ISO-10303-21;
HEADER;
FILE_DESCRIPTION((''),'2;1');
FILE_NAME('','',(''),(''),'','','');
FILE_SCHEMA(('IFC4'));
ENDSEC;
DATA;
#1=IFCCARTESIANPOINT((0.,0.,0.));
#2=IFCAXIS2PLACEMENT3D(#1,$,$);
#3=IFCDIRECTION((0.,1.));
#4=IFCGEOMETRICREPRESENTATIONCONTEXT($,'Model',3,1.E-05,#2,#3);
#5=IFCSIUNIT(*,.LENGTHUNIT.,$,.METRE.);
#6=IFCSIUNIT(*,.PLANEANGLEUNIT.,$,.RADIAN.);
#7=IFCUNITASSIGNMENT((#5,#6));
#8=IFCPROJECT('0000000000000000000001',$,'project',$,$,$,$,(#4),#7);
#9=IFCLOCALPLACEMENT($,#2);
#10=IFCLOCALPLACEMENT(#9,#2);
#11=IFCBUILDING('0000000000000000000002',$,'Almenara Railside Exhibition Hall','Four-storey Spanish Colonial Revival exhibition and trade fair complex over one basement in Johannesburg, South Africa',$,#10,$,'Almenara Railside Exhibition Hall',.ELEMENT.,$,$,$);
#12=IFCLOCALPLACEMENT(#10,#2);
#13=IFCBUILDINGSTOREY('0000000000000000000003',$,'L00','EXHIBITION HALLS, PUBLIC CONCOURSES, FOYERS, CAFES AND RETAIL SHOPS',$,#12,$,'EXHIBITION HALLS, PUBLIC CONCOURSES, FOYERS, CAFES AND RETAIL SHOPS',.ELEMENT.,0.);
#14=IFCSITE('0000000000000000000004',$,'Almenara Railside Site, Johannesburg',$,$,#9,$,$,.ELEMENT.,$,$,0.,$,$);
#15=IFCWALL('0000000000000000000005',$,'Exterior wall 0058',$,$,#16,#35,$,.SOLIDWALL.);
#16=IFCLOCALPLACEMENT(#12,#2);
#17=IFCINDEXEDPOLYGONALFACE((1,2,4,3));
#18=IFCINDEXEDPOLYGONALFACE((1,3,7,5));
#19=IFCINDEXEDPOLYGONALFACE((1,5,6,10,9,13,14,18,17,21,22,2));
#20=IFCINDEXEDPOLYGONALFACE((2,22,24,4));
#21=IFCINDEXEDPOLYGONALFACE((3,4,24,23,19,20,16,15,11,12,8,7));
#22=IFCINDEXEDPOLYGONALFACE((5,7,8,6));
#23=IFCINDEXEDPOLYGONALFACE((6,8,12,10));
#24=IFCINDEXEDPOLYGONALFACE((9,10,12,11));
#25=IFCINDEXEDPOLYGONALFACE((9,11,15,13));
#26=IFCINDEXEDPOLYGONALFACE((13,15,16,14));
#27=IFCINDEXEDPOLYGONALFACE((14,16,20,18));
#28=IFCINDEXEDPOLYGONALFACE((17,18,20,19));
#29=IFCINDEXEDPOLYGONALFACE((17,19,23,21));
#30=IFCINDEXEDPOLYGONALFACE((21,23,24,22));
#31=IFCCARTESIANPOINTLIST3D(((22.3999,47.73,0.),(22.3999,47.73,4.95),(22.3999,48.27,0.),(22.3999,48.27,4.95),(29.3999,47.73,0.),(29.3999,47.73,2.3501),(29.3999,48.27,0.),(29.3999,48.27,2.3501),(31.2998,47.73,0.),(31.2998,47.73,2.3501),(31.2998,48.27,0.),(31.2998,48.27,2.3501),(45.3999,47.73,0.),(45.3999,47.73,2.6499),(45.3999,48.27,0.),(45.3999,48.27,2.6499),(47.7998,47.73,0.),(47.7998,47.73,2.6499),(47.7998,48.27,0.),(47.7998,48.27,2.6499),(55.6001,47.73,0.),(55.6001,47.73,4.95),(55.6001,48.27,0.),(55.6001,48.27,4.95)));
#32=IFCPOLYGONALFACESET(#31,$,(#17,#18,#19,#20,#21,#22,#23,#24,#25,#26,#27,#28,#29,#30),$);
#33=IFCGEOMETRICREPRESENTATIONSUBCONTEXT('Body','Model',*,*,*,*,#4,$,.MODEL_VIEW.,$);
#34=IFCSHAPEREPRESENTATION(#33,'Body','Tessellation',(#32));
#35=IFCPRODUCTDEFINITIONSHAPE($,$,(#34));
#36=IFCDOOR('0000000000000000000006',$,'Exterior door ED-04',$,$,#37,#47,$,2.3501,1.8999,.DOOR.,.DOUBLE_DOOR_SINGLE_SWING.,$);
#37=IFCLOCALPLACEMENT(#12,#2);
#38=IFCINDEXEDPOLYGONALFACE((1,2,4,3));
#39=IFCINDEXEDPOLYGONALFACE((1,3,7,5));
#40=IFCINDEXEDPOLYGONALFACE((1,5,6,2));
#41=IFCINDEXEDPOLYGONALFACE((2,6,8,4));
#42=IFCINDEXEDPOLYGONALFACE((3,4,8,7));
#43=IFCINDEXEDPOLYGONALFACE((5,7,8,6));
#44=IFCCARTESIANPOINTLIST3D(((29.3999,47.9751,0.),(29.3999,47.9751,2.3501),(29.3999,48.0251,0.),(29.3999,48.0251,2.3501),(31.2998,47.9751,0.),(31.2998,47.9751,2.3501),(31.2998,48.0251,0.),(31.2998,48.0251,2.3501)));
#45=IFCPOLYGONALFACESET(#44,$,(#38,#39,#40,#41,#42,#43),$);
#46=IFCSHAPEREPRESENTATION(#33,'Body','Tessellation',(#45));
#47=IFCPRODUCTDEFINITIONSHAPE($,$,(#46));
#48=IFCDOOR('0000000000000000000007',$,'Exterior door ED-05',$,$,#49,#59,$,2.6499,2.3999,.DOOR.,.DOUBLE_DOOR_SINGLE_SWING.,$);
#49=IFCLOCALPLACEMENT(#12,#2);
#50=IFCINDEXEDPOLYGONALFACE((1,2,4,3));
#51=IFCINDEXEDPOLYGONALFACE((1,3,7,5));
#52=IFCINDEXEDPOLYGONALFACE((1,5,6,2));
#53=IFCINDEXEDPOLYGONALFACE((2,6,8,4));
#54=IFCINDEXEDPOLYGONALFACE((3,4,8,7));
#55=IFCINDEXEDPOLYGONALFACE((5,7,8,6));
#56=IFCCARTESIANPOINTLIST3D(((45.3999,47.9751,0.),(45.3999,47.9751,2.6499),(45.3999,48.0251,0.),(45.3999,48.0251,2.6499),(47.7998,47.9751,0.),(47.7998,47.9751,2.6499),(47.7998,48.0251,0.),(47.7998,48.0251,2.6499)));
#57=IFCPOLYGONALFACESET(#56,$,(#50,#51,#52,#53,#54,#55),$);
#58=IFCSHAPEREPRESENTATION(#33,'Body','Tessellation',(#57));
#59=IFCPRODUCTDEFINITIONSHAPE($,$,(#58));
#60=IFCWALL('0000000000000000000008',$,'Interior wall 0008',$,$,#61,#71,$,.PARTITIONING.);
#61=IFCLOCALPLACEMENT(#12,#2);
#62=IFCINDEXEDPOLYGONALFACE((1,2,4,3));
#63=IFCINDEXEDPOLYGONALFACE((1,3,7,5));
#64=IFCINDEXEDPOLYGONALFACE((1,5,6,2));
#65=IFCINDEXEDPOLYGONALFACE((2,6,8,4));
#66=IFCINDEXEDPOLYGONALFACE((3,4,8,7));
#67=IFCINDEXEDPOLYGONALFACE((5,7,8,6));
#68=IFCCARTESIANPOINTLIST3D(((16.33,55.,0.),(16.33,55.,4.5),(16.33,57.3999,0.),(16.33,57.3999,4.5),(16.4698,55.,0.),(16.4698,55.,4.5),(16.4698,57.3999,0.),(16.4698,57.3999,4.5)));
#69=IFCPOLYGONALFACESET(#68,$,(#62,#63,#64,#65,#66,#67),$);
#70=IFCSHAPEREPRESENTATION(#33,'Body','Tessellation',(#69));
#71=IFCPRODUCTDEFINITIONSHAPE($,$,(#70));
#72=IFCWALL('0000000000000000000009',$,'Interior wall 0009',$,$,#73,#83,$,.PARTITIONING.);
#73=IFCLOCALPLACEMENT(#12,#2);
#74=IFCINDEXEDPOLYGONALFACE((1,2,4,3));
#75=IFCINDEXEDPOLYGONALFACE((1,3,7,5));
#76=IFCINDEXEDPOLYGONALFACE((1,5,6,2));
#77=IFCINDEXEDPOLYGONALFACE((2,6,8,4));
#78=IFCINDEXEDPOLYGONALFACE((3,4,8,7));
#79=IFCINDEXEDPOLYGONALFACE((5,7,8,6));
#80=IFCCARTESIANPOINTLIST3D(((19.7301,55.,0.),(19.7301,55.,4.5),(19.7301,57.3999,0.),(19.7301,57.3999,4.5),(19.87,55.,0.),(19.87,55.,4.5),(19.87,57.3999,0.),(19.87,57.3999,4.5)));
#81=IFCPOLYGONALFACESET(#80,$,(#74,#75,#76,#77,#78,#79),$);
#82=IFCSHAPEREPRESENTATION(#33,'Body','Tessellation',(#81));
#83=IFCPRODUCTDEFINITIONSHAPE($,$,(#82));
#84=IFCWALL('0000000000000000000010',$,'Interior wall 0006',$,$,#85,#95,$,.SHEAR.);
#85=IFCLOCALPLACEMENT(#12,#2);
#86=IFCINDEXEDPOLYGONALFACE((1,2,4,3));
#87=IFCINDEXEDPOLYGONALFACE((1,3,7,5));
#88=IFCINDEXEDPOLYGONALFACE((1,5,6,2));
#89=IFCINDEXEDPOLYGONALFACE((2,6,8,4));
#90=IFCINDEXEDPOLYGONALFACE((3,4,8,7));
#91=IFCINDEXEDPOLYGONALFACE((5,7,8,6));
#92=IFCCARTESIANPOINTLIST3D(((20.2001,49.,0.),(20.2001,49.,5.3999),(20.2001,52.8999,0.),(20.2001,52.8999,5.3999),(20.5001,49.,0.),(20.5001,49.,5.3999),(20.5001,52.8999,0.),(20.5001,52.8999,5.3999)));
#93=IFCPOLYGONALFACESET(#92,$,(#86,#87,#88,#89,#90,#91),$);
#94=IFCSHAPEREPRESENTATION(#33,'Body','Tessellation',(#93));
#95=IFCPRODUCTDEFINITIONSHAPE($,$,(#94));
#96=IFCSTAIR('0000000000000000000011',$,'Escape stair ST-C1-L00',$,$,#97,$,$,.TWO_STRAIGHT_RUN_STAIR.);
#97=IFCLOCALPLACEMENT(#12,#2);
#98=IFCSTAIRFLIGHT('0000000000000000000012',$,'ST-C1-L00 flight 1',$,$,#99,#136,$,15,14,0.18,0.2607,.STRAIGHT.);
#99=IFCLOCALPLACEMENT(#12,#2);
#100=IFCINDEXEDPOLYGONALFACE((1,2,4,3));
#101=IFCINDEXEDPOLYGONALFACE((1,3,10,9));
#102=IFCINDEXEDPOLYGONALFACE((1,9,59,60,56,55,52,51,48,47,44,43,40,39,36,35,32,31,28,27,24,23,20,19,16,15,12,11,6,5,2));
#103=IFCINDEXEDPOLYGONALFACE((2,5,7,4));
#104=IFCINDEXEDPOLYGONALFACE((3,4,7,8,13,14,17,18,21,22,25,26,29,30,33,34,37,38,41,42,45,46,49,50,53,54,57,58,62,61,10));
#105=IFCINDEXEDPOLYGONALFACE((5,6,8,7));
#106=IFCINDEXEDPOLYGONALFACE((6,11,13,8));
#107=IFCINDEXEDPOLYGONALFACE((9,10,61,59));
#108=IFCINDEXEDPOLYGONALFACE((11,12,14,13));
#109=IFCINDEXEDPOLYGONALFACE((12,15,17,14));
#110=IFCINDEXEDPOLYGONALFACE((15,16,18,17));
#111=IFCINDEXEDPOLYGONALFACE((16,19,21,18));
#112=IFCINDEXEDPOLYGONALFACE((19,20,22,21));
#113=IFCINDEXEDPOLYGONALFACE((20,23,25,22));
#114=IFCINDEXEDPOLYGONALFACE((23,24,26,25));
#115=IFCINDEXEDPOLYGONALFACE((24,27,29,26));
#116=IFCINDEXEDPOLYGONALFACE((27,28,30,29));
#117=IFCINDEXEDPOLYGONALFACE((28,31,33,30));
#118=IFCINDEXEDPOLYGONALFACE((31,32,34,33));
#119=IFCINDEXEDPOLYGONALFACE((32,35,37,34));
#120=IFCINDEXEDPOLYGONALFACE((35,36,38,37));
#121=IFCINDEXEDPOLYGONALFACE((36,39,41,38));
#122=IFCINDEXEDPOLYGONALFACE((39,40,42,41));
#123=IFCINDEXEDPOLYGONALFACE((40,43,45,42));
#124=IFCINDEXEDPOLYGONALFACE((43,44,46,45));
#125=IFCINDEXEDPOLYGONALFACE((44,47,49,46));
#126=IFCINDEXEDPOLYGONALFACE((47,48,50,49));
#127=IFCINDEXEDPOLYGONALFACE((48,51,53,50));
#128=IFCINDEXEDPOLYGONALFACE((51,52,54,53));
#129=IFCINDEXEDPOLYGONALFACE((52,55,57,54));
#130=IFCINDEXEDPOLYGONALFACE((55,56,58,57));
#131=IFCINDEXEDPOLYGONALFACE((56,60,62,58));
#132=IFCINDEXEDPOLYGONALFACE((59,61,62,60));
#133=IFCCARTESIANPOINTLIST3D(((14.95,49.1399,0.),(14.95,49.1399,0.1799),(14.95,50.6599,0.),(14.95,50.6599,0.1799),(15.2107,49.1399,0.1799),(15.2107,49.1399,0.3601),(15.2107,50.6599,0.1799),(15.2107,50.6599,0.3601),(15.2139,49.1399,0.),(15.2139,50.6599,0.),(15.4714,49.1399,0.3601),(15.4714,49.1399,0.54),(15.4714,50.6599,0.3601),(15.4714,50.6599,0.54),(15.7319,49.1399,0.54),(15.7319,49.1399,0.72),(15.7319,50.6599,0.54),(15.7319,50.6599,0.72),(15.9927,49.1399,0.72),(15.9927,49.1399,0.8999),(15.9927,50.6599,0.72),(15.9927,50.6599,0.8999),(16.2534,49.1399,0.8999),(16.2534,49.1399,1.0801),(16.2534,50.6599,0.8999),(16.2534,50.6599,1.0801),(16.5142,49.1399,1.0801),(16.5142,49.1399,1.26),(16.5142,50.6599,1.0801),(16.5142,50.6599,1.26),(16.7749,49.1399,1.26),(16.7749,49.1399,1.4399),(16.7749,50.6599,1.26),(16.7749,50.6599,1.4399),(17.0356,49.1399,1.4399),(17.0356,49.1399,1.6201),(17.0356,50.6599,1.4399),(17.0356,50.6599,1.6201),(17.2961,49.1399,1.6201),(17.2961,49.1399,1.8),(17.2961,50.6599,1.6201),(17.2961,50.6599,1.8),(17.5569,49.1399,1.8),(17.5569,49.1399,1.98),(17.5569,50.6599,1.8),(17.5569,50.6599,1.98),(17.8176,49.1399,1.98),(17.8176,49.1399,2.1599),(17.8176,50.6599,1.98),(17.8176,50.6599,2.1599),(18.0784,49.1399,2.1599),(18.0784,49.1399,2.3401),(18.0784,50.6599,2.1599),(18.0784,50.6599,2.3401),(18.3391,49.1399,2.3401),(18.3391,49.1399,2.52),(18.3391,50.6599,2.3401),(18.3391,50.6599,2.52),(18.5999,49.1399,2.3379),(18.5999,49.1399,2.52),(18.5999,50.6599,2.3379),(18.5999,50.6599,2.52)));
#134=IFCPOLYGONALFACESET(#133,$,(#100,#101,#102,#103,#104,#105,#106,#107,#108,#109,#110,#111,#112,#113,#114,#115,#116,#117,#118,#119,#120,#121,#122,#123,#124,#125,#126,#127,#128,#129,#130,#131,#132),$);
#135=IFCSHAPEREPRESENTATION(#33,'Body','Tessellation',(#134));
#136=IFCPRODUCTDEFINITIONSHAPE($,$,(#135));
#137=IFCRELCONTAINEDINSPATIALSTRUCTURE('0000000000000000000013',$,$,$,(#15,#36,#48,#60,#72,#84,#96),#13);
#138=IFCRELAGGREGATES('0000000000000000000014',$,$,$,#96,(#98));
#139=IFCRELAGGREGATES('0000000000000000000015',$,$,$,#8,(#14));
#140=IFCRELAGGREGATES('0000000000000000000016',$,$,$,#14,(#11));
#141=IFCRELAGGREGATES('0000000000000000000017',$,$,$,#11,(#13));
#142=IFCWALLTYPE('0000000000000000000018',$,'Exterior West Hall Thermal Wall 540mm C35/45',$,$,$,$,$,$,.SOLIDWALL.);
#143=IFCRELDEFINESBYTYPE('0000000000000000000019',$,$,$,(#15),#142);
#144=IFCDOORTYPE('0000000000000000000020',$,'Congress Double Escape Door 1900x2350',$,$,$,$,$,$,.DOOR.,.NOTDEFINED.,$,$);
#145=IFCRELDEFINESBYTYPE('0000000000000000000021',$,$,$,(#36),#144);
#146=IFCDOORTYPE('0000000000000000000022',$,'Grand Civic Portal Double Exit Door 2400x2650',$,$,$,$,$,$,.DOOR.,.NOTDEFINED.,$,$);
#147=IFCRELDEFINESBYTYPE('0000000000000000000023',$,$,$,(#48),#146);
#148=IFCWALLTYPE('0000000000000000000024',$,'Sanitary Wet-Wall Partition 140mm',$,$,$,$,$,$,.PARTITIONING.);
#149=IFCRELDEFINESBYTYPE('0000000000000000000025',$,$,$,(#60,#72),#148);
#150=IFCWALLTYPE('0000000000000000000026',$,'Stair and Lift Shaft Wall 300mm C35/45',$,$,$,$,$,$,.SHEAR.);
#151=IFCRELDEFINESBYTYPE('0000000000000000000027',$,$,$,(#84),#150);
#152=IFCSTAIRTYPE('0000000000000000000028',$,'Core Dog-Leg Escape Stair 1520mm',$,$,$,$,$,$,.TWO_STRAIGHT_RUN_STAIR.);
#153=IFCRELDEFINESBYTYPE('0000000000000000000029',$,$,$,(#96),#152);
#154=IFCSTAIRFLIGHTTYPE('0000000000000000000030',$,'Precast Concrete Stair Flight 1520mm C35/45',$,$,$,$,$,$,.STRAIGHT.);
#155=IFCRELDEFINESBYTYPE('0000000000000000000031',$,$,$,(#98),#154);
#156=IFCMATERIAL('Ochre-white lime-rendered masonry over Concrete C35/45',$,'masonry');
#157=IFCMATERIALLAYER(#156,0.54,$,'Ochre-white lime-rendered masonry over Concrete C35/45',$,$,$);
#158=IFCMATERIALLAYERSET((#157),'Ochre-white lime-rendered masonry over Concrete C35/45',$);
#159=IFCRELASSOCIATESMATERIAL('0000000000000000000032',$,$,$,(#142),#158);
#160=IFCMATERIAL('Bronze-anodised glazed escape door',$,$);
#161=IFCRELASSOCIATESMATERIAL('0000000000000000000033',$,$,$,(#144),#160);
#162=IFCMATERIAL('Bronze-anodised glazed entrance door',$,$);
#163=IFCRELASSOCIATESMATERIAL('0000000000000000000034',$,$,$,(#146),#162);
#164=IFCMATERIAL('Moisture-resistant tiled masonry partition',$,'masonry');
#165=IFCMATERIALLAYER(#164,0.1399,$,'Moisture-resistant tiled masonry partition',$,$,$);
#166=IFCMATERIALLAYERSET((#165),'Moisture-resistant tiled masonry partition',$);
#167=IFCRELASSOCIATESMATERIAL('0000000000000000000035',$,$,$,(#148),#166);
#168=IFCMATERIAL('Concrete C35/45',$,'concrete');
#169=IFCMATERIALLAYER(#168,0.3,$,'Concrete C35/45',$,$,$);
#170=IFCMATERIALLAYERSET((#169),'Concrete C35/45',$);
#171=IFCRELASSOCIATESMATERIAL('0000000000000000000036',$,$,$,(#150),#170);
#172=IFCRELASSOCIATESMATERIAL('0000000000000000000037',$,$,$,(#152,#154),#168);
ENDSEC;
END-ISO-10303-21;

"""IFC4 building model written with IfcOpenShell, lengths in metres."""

from ifc_helpers import new_model, si_unit, direction, frame, frame_2d, origin, place, context, subcontext, project, spatial, polyline, rectangle, outline, extrude, material, layer, layer_set, type_object, element, fill, aggregate, save


model = new_model("IFC4")

# Units and contexts
model_context = context("Model", 3, precision=1e-05, world=origin(), true_north=direction((0.0, 1.0)))
body_context = subcontext(model_context, "Body", "Model", "MODEL_VIEW")
ifc_project = project(units=[si_unit("LENGTHUNIT", "METRE"), si_unit("PLANEANGLEUNIT", "RADIAN")], contexts=[model_context])

# Site, building, storey
site_placement = place(None, origin())
site = spatial("IfcSite", under=ifc_project, at=site_placement, Name="Almenara Railside Site, Johannesburg", CompositionType="ELEMENT", RefElevation=0.0)
building_placement = place(site_placement, origin())
building = spatial("IfcBuilding", under=site, at=building_placement, Name="Almenara Railside Exhibition Hall", Description="Four-storey Spanish Colonial Revival exhibition and trade fair complex over one basement in Johannesburg, South Africa", LongName="Almenara Railside Exhibition Hall", CompositionType="ELEMENT")
storey_placement = place(building_placement, origin())
storey = spatial("IfcBuildingStorey", under=building, at=storey_placement, Name="L00", Description="EXHIBITION HALLS, PUBLIC CONCOURSES, FOYERS, CAFES AND RETAIL SHOPS", LongName="EXHIBITION HALLS, PUBLIC CONCOURSES, FOYERS, CAFES AND RETAIL SHOPS", CompositionType="ELEMENT", Elevation=0.0)

# Wall, openings, doors
ifc_material_1 = material(Name="Ochre-white lime-rendered masonry over Concrete C35/45", Category="masonry")
ifc_layer_1 = layer(ifc_material_1, 0.54, Name="Ochre-white lime-rendered masonry over Concrete C35/45")
ifc_layer_set_1 = layer_set([ifc_layer_1], Name="Ochre-white lime-rendered masonry over Concrete C35/45")
wall_type_1 = type_object("IfcWallType", Name="Exterior West Hall Thermal Wall 540mm C35/45", PredefinedType="SOLIDWALL", material=ifc_layer_set_1)
wall_1_placement = place(storey_placement, frame((22.3999, 48.0, 0.0), z_axis=(0.0, 0.0, 1.0), x_axis=(1.0, 0.0, 0.0)))
wall_1 = element("IfcWall", 1, at=wall_1_placement, inside=storey, type_object=wall_type_1, Name="Exterior wall 0058", PredefinedType="SOLIDWALL", context=body_context, shape_type="SweptSolid", body=[
    extrude(rectangle(XDim=33.2002, YDim=0.54, at=frame_2d((16.6001, 0.0))), origin(), (0.0, 0.0, 1.0), 4.95),
])
opening_1_placement = place(wall_1_placement, frame((7.0, 0.0, 0.0)))
opening_1 = element("IfcOpeningElement", 2, at=opening_1_placement, cuts=wall_1, PredefinedType="OPENING", context=body_context, shape_type="SweptSolid", body=[
    extrude(rectangle(XDim=1.8999, YDim=2.3501, at=frame_2d((0.95, 1.175))), frame((0.0, 0.28, 0.0), z_axis=(0.0, -1.0, 0.0), x_axis=(1.0, 0.0, 0.0)), (0.0, 0.0, 1.0), 0.5601),
])
opening_2_placement = place(wall_1_placement, frame((23.0, 0.0, 0.0)))
opening_2 = element("IfcOpeningElement", 3, at=opening_2_placement, cuts=wall_1, PredefinedType="OPENING", context=body_context, shape_type="SweptSolid", body=[
    extrude(rectangle(XDim=2.3999, YDim=2.6499, at=frame_2d((1.2, 1.325))), frame((0.0, 0.28, 0.0), z_axis=(0.0, -1.0, 0.0), x_axis=(1.0, 0.0, 0.0)), (0.0, 0.0, 1.0), 0.5601),
])
ifc_material_2 = material(Name="Bronze-anodised glazed escape door")
door_type_1 = type_object("IfcDoorType", Name="Congress Double Escape Door 1900x2350", OperationType="NOTDEFINED", PredefinedType="DOOR", material=ifc_material_2)
door_1_placement = place(opening_1_placement, frame((1.8999, 0.0, 0.0), z_axis=(0.0, 0.0, 1.0), x_axis=(-1.0, 0.0, 0.0)))
door_1 = element("IfcDoor", 4, at=door_1_placement, inside=storey, type_object=door_type_1, Name="Exterior door ED-04", OperationType="DOUBLE_DOOR_SINGLE_SWING", OverallHeight=2.3501, OverallWidth=1.8999, PredefinedType="DOOR", context=body_context, shape_type="SweptSolid", body=[
    extrude(rectangle(XDim=1.8999, YDim=2.3501, at=frame_2d((0.95, 1.175))), frame((0.0, 0.0249, 0.0), z_axis=(0.0, -1.0, 0.0), x_axis=(1.0, 0.0, 0.0)), (0.0, 0.0, 1.0), 0.05),
])
fill(opening_1, door_1)
ifc_material_3 = material(Name="Bronze-anodised glazed entrance door")
door_type_2 = type_object("IfcDoorType", Name="Grand Civic Portal Double Exit Door 2400x2650", OperationType="NOTDEFINED", PredefinedType="DOOR", material=ifc_material_3)
door_2_placement = place(opening_2_placement, frame((2.3999, 0.0, 0.0), z_axis=(0.0, 0.0, 1.0), x_axis=(-1.0, 0.0, 0.0)))
door_2 = element("IfcDoor", 5, at=door_2_placement, inside=storey, type_object=door_type_2, Name="Exterior door ED-05", OperationType="DOUBLE_DOOR_SINGLE_SWING", OverallHeight=2.6499, OverallWidth=2.3999, PredefinedType="DOOR", context=body_context, shape_type="SweptSolid", body=[
    extrude(rectangle(XDim=2.3999, YDim=2.6499, at=frame_2d((1.2, 1.325))), frame((0.0, 0.0249, 0.0), z_axis=(0.0, -1.0, 0.0), x_axis=(1.0, 0.0, 0.0)), (0.0, 0.0, 1.0), 0.05),
])
fill(opening_2, door_2)

# Walls
ifc_material_4 = material(Name="Moisture-resistant tiled masonry partition", Category="masonry")
ifc_layer_2 = layer(ifc_material_4, 0.1399, Name="Moisture-resistant tiled masonry partition")
ifc_layer_set_2 = layer_set([ifc_layer_2], Name="Moisture-resistant tiled masonry partition")
wall_type_2 = type_object("IfcWallType", Name="Sanitary Wet-Wall Partition 140mm", PredefinedType="PARTITIONING", material=ifc_layer_set_2)
for number, where, z_axis, x_axis, name in (
    (6, (16.3999, 55.0, 0.0), (0.0, 0.0, 1.0), (0.0, 1.0, 0.0), "Interior wall 0008"),
    (7, (19.8, 55.0, 0.0), (0.0, 0.0, 1.0), (0.0, 1.0, 0.0), "Interior wall 0009"),
):
    element("IfcWall", number, at=place(storey_placement, frame(where, z_axis=z_axis, x_axis=x_axis)), inside=storey, type_object=wall_type_2, Name=name, PredefinedType="PARTITIONING", context=body_context, shape_type="SweptSolid", body=[
        extrude(rectangle(XDim=2.3999, YDim=0.1399, at=frame_2d((1.2, 0.0))), origin(), (0.0, 0.0, 1.0), 4.5),
    ])
ifc_material_5 = material(Name="Concrete C35/45", Category="concrete")
ifc_layer_3 = layer(ifc_material_5, 0.3, Name="Concrete C35/45")
ifc_layer_set_3 = layer_set([ifc_layer_3], Name="Concrete C35/45")
wall_type_3 = type_object("IfcWallType", Name="Stair and Lift Shaft Wall 300mm C35/45", PredefinedType="SHEAR", material=ifc_layer_set_3)
wall_2_placement = place(storey_placement, frame((20.3501, 49.0, 0.0), z_axis=(0.0, 0.0, 1.0), x_axis=(0.0, 1.0, 0.0)))
element("IfcWall", 8, at=wall_2_placement, inside=storey, type_object=wall_type_3, Name="Interior wall 0006", PredefinedType="SHEAR", context=body_context, shape_type="SweptSolid", body=[
    extrude(rectangle(XDim=3.8999, YDim=0.3, at=frame_2d((1.95, 0.0))), origin(), (0.0, 0.0, 1.0), 5.3999),
])

# Stair, stair flight
stair_type = type_object("IfcStairType", Name="Core Dog-Leg Escape Stair 1520mm", PredefinedType="TWO_STRAIGHT_RUN_STAIR", material=ifc_material_5)
stair_placement = place(storey_placement, origin())
stair = element("IfcStair", 9, at=stair_placement, inside=storey, type_object=stair_type, Name="Escape stair ST-C1-L00", PredefinedType="TWO_STRAIGHT_RUN_STAIR")
stair_flight_type = type_object("IfcStairFlightType", Name="Precast Concrete Stair Flight 1520mm C35/45", PredefinedType="STRAIGHT", material=ifc_material_5)
stair_flight_1_placement = place(storey_placement, frame((14.95, 49.8999, 0.0), z_axis=(0.0, 0.0, 1.0), x_axis=(1.0, 0.0, 0.0)))
stair_flight_1 = element("IfcStairFlight", 10, at=stair_flight_1_placement, type_object=stair_flight_type, Name="ST-C1-L00 flight 1", NumberOfRisers=15, NumberOfTreads=14, PredefinedType="STRAIGHT", RiserHeight=0.18, TreadLength=0.2607, context=body_context, shape_type="SweptSolid", body=[
    extrude(outline(polyline([(0.0, 0.0), (0.0, 0.1799), (0.2607, 0.1799), (0.2607, 0.3601), (0.5215, 0.3601), (0.5215, 0.54), (0.782, 0.54), (0.782, 0.72), (1.0427, 0.72), (1.0427, 0.8999), (1.3035, 0.8999), (1.3035, 1.0801), (1.5642, 1.0801), (1.5642, 1.26), (1.825, 1.26), (1.825, 1.4399), (2.0857, 1.4399), (2.0857, 1.6201), (2.3462, 1.6201), (2.3462, 1.8), (2.6069, 1.8), (2.6069, 1.98), (2.8677, 1.98), (2.8677, 2.1599), (3.1284, 2.1599), (3.1284, 2.3401), (3.3892, 2.3401), (3.3892, 2.52), (3.6499, 2.52), (3.6499, 2.7), (3.6499, 2.3379), (0.2639, 0.0), (0.0, 0.0)])), frame((0.0, 0.76, 0.0), z_axis=(0.0, -1.0, 0.0), x_axis=(1.0, 0.0, 0.0)), (0.0, 0.0, 1.0), 1.52),
])
aggregate(stair, [stair_flight_1])

save(model, "model.ifc")
